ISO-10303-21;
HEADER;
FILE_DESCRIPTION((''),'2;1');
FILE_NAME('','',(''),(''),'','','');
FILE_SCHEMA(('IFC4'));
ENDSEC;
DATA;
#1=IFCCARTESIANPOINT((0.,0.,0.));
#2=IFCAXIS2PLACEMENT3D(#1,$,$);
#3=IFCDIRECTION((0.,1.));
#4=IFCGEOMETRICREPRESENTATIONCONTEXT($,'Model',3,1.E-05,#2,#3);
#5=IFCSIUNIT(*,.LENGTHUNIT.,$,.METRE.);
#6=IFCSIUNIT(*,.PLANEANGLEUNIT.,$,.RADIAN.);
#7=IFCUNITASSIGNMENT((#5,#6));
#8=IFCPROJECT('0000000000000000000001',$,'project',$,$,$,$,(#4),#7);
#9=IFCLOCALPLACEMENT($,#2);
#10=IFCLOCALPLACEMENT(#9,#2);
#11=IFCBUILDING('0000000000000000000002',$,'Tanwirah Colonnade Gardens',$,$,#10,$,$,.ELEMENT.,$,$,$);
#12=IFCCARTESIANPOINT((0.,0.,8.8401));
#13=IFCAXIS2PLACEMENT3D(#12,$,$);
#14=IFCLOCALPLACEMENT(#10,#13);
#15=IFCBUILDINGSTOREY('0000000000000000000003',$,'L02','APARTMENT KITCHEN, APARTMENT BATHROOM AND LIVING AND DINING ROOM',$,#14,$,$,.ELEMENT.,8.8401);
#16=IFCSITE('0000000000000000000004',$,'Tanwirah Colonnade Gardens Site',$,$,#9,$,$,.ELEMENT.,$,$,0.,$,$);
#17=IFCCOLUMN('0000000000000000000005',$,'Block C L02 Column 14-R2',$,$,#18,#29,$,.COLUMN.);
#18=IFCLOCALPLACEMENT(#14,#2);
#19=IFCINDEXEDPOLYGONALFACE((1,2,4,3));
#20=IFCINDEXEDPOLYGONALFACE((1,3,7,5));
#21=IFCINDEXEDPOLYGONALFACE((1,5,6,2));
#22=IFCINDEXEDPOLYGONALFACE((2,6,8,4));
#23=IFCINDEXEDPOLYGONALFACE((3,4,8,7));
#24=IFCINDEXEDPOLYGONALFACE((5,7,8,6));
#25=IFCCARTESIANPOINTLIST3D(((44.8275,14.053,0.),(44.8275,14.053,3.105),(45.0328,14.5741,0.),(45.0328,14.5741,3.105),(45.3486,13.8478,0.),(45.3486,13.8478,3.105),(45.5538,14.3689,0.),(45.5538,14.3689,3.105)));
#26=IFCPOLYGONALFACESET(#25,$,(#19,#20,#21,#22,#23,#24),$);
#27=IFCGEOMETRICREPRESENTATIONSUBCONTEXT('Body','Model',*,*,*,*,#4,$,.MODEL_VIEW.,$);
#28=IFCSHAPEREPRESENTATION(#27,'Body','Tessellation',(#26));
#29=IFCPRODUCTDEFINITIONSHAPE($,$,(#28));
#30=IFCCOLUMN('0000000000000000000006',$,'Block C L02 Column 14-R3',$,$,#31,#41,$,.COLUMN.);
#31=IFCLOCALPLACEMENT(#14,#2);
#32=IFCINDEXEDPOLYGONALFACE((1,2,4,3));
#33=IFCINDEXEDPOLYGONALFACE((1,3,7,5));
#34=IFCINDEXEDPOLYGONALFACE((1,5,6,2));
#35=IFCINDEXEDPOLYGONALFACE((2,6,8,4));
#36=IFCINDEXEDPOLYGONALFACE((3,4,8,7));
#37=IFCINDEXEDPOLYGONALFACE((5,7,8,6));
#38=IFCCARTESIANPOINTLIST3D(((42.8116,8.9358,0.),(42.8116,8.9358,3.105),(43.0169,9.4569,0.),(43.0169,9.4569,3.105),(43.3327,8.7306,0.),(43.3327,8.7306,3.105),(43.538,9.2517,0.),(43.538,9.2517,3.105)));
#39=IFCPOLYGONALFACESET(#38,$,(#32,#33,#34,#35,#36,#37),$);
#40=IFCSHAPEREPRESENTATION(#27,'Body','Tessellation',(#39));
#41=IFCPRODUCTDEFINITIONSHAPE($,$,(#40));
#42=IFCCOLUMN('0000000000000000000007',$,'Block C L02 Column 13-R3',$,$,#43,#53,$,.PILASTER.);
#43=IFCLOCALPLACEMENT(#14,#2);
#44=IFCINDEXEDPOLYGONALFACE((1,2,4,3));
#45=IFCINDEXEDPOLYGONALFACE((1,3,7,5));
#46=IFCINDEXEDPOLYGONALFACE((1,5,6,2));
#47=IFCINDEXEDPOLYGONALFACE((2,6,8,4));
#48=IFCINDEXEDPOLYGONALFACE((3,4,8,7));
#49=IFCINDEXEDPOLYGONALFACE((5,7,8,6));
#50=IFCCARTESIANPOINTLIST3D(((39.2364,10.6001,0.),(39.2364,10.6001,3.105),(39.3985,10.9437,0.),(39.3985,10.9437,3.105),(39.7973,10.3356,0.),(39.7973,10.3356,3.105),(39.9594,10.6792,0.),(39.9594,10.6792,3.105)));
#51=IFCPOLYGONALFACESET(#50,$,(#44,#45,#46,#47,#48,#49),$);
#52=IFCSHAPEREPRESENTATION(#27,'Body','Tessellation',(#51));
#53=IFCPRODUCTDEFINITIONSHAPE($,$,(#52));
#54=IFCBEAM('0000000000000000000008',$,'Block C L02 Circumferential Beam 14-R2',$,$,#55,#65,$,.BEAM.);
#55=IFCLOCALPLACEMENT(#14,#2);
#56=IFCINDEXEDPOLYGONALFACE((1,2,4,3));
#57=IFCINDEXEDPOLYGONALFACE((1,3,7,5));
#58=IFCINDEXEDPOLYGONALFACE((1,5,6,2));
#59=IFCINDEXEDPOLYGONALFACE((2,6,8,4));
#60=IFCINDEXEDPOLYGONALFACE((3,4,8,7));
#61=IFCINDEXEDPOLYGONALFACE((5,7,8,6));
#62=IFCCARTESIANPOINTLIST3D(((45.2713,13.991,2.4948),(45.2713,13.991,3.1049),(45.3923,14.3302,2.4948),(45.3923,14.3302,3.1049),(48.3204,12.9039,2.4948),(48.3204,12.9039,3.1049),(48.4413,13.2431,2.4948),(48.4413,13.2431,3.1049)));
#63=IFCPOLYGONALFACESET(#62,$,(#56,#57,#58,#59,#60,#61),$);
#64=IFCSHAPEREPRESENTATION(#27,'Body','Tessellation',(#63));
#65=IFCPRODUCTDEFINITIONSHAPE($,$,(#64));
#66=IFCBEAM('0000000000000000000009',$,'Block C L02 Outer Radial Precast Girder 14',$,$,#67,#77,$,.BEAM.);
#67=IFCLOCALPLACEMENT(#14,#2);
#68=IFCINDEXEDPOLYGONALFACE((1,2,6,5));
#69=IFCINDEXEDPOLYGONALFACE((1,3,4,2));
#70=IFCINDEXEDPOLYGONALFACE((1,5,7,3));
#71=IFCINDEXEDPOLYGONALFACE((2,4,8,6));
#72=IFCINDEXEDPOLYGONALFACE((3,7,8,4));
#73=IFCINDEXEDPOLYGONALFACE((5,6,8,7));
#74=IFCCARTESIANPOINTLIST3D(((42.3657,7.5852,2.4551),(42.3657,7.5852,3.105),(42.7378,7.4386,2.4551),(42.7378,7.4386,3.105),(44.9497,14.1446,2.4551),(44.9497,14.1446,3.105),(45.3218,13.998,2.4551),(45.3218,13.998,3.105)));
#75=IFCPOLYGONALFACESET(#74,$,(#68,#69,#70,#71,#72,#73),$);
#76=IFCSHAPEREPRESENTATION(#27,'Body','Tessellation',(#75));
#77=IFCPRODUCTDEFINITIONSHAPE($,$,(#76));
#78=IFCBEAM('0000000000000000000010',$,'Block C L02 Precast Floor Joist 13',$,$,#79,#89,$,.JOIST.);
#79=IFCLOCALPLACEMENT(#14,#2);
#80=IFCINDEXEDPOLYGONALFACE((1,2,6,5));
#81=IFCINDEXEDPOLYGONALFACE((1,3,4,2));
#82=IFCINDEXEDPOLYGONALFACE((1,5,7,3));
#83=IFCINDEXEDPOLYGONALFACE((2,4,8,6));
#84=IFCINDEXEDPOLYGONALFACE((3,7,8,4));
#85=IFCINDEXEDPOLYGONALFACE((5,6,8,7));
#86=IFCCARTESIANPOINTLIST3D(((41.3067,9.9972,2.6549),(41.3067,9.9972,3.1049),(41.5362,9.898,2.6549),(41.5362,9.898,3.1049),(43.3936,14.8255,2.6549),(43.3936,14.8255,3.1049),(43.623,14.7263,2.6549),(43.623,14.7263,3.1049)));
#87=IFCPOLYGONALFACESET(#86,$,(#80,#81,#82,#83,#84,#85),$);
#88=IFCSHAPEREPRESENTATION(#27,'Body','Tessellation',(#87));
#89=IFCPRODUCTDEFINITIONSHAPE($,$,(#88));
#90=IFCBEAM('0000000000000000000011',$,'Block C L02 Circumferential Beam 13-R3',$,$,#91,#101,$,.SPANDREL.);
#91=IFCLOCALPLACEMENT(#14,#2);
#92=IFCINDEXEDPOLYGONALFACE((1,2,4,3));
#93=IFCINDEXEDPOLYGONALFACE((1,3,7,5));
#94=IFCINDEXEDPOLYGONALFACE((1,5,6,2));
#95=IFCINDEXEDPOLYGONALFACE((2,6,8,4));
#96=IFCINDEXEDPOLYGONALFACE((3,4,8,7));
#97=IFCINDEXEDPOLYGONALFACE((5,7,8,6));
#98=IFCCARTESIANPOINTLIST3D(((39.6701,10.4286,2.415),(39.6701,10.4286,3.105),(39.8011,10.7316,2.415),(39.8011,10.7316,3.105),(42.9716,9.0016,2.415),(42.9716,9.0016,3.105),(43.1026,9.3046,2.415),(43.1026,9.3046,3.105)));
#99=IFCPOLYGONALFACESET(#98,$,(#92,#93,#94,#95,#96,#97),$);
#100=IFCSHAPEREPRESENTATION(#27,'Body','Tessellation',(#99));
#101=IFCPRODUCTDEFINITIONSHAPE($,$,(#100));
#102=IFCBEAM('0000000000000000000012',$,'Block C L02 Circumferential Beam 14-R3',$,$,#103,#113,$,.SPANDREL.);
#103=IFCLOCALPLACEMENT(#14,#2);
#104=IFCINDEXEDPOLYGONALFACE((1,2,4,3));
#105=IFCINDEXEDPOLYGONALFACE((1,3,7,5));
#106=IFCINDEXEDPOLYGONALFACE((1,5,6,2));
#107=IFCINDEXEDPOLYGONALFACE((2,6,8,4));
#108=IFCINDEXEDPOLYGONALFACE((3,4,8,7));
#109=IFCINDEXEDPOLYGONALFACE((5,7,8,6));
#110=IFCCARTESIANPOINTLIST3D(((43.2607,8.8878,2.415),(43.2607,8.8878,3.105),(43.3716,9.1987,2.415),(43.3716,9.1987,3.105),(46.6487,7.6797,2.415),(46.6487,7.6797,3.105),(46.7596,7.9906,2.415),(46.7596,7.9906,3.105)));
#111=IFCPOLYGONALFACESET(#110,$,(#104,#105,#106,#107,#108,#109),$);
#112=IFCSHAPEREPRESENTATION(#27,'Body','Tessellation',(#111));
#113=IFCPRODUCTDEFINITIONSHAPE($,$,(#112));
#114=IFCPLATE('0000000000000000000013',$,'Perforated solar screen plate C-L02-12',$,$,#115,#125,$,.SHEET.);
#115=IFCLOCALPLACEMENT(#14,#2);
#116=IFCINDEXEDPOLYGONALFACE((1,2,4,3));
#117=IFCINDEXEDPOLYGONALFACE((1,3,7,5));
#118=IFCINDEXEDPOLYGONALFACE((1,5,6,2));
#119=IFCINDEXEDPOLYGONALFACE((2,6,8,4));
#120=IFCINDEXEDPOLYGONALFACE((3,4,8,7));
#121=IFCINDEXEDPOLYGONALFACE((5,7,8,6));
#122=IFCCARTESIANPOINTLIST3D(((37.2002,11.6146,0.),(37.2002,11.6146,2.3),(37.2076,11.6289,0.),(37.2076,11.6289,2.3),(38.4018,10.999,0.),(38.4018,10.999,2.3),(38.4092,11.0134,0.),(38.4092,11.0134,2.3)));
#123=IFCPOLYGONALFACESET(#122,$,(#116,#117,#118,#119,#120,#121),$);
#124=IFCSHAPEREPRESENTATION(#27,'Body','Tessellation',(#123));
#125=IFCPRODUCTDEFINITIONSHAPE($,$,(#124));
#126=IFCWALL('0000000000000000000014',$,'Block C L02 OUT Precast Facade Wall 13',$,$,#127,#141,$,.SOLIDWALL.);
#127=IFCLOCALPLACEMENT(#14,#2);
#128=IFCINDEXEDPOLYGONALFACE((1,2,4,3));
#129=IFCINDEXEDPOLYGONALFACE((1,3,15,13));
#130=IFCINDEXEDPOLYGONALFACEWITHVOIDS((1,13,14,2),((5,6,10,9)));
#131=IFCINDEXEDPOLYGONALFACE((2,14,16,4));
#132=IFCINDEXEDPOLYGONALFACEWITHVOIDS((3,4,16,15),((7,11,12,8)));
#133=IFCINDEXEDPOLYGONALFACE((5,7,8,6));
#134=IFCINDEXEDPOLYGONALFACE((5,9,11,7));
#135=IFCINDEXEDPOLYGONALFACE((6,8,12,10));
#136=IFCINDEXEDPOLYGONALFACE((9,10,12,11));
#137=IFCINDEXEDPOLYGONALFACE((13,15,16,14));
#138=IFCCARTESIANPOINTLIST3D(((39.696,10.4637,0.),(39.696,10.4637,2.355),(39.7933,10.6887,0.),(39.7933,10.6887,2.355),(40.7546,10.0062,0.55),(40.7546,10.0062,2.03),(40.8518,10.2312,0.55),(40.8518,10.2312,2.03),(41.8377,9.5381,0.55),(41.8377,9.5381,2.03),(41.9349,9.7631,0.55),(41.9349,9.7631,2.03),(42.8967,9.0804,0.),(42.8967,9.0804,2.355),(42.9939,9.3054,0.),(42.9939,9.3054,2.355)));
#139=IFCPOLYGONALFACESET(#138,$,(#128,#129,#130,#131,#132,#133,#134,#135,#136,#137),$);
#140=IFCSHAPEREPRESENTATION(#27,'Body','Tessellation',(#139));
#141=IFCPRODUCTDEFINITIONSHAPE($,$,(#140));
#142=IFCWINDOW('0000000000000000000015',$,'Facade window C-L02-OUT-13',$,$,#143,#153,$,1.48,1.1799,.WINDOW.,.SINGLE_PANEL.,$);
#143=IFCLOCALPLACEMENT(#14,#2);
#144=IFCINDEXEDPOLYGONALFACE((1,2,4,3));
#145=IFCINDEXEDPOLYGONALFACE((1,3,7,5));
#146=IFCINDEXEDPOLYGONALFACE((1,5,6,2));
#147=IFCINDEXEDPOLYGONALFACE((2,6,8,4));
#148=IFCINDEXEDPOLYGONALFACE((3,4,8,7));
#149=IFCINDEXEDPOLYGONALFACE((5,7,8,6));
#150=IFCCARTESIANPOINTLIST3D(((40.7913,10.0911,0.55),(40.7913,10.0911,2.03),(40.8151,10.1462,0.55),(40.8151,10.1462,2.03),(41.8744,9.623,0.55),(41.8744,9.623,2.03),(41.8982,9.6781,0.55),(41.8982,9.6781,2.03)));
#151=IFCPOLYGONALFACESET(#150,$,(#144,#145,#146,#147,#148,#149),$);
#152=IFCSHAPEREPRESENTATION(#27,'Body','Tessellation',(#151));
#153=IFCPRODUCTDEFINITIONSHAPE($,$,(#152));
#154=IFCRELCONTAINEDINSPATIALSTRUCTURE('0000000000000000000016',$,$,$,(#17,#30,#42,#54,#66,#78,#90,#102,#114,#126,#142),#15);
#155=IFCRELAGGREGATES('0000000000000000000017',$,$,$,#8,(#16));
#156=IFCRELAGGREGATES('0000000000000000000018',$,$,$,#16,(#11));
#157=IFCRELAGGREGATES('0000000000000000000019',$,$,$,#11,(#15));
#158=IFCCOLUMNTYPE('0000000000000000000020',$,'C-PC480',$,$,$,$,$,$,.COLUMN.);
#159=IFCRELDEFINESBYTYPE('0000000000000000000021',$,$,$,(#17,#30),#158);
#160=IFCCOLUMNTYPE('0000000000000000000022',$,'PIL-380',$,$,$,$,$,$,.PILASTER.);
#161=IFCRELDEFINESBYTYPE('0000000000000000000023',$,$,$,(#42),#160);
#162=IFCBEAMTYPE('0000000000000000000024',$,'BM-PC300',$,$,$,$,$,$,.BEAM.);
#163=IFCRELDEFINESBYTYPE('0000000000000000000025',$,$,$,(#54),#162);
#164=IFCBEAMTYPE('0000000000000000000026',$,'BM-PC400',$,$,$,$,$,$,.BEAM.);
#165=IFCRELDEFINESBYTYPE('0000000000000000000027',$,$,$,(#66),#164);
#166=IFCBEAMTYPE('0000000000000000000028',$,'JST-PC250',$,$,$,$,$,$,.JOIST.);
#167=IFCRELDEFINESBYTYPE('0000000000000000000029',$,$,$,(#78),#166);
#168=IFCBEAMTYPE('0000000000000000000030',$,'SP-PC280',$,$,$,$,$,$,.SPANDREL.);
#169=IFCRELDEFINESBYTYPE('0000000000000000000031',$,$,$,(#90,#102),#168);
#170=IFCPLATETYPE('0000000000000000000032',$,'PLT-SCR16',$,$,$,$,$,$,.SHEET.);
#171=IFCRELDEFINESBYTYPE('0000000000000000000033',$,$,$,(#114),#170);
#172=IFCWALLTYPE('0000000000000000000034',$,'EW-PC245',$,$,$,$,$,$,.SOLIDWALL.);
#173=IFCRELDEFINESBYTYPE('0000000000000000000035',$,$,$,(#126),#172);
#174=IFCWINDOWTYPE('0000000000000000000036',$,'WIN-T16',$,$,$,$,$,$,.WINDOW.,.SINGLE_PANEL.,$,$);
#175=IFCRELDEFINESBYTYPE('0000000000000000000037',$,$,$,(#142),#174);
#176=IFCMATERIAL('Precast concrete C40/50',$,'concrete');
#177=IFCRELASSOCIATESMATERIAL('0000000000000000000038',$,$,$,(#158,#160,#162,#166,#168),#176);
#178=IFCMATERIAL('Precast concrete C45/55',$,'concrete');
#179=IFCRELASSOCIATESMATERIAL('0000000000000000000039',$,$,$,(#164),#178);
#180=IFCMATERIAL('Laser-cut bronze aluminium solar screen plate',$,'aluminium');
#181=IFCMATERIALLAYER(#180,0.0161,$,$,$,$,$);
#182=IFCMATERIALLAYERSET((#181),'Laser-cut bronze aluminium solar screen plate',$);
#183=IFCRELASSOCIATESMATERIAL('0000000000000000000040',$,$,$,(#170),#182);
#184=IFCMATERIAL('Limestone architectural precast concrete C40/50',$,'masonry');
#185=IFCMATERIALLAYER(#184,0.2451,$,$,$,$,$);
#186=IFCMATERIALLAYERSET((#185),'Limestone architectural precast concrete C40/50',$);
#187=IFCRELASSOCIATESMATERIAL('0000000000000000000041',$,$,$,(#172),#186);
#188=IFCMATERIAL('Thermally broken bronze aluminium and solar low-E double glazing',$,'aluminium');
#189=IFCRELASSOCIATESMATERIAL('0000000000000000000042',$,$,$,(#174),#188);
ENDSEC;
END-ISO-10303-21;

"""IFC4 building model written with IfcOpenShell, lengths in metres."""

from ifc_helpers import new_model, si_unit, direction, frame, frame_2d, origin, origin_2d, place, context, subcontext, project, spatial, rectangle, extrude, material, layer, layer_set, material_profile, profile_set, type_object, element, fill, save


model = new_model("IFC4")

# Units and contexts
model_context = context("Model", 3, precision=1e-05, world=origin(), true_north=direction((0.0, 1.0)))
body_context = subcontext(model_context, "Body", "Model", "MODEL_VIEW")
ifc_project = project(units=[si_unit("LENGTHUNIT", "METRE"), si_unit("PLANEANGLEUNIT", "RADIAN")], contexts=[model_context])

# Site, building, storey
site_placement = place(None, origin())
site = spatial("IfcSite", under=ifc_project, at=site_placement, Name="Tanwirah Colonnade Gardens Site", CompositionType="ELEMENT", RefElevation=0.0)
building_placement = place(site_placement, origin())
building = spatial("IfcBuilding", under=site, at=building_placement, Name="Tanwirah Colonnade Gardens", CompositionType="ELEMENT")
storey_placement = place(building_placement, frame((0.0, 0.0, 8.8401)))
storey = spatial("IfcBuildingStorey", under=building, at=storey_placement, Name="L02", Description="APARTMENT KITCHEN, APARTMENT BATHROOM AND LIVING AND DINING ROOM", CompositionType="ELEMENT", Elevation=8.8401)

# Columns
ifc_material_1 = material(Name="Precast concrete C40/50", Category="concrete")
ifc_material_profile_1 = material_profile(ifc_material_1, rectangle(XDim=0.5601, YDim=0.5601, at=origin_2d()), Name="PC-COL 560x560")
ifc_profile_set_1 = profile_set([ifc_material_profile_1], Name="Precast concrete C40/50")
column_type_1 = type_object("IfcColumnType", Name="C-PC480", PredefinedType="COLUMN", material=ifc_profile_set_1)
for number, where, z_axis, x_axis, name in (
    (1, (45.1907, 14.2109, 0.0), (0.0, 0.0, 1.0), (-0.366501, -0.930418, 0.0), "Block C L02 Column 14-R2"),
    (2, (43.1748, 9.0938, 0.0), (0.0, 0.0, 1.0), (-0.366501, -0.930418, 0.0), "Block C L02 Column 14-R3"),
):
    element("IfcColumn", number, at=place(storey_placement, frame(where, z_axis=z_axis, x_axis=x_axis)), inside=storey, type_object=column_type_1, Name=name, PredefinedType="COLUMN", context=body_context, shape_type="SweptSolid", body=[
        extrude(rectangle(XDim=0.5601, YDim=0.5601, at=origin_2d()), origin(), (0.0, 0.0, 1.0), 3.105),
    ])
ifc_material_profile_2 = material_profile(ifc_material_1, rectangle(XDim=0.3799, YDim=0.6201, at=origin_2d()), Name="PC-PIL 380x620")
ifc_profile_set_2 = profile_set([ifc_material_profile_2], Name="Precast concrete C40/50")
column_type_2 = type_object("IfcColumnType", Name="PIL-380", PredefinedType="PILASTER", material=ifc_profile_set_2)
column_placement = place(storey_placement, frame((39.5979, 10.6396, 0.0), z_axis=(0.0, 0.0, 1.0), x_axis=(-0.426569, -0.904455, 0.0)))
element("IfcColumn", 3, at=column_placement, inside=storey, type_object=column_type_2, Name="Block C L02 Column 13-R3", PredefinedType="PILASTER", context=body_context, shape_type="SweptSolid", body=[
    extrude(rectangle(XDim=0.3799, YDim=0.6201, at=origin_2d()), origin(), (0.0, 0.0, 1.0), 3.105),
])

# Beams
ifc_material_profile_3 = material_profile(ifc_material_1, rectangle(XDim=0.3601, YDim=0.6101, at=origin_2d()), Name="PC-BM 360x610")
ifc_profile_set_3 = profile_set([ifc_material_profile_3], Name="Precast concrete C40/50")
beam_type_1 = type_object("IfcBeamType", Name="BM-PC300", PredefinedType="BEAM", material=ifc_profile_set_3)
beam_1_placement = place(storey_placement, frame((45.3318, 14.1606, 2.7998), z_axis=(0.941918, -0.335844, 0.0), x_axis=(0.335844, 0.941918, 0.0)))
element("IfcBeam", 4, at=beam_1_placement, inside=storey, type_object=beam_type_1, Name="Block C L02 Circumferential Beam 14-R2", PredefinedType="BEAM", context=body_context, shape_type="SweptSolid", body=[
    extrude(rectangle(XDim=0.3601, YDim=0.6101, at=origin_2d()), origin(), (0.0, 0.0, 1.0), 3.2371),
])
ifc_material_2 = material(Name="Precast concrete C45/55", Category="concrete")
ifc_material_profile_4 = material_profile(ifc_material_2, rectangle(XDim=0.3999, YDim=0.6499, at=origin_2d()), Name="PC-BM 400x650")
ifc_profile_set_4 = profile_set([ifc_material_profile_4], Name="Precast concrete C45/55")
beam_type_2 = type_object("IfcBeamType", Name="BM-PC400", PredefinedType="BEAM", material=ifc_profile_set_4)
beam_2_placement = place(storey_placement, frame((45.1357, 14.0713, 2.78), z_axis=(-0.366525, -0.930408, 0.0), x_axis=(0.930408, -0.366525, 0.0)))
element("IfcBeam", 5, at=beam_2_placement, inside=storey, type_object=beam_type_2, Name="Block C L02 Outer Radial Precast Girder 14", PredefinedType="BEAM", context=body_context, shape_type="SweptSolid", body=[
    extrude(rectangle(XDim=0.3999, YDim=0.6499, at=origin_2d()), origin(), (0.0, 0.0, 1.0), 7.05),
])
ifc_material_profile_5 = material_profile(ifc_material_1, rectangle(XDim=0.25, YDim=0.45, at=origin_2d()), Name="PC-JST 250x450")
ifc_profile_set_5 = profile_set([ifc_material_profile_5], Name="Precast concrete C40/50")
beam_type_3 = type_object("IfcBeamType", Name="JST-PC250", PredefinedType="JOIST", material=ifc_profile_set_5)
beam_3_placement = place(storey_placement, frame((43.5083, 14.7759, 2.8799), z_axis=(-0.396746, -0.917928, 0.0), x_axis=(0.917928, -0.396746, 0.0)))
element("IfcBeam", 6, at=beam_3_placement, inside=storey, type_object=beam_type_3, Name="Block C L02 Precast Floor Joist 13", PredefinedType="JOIST", context=body_context, shape_type="SweptSolid", body=[
    extrude(rectangle(XDim=0.25, YDim=0.45, at=origin_2d()), origin(), (0.0, 0.0, 1.0), 5.26),
])
ifc_material_profile_6 = material_profile(ifc_material_1, rectangle(XDim=0.3301, YDim=0.6899, at=origin_2d()), Name="PC-SP 330x690")
ifc_profile_set_6 = profile_set([ifc_material_profile_6], Name="Precast concrete C40/50")
beam_type_4 = type_object("IfcBeamType", Name="SP-PC280", PredefinedType="SPANDREL", material=ifc_profile_set_6)
beam_4_placement = place(storey_placement, frame((39.7356, 10.5801, 2.76), z_axis=(0.917926, -0.396752, 0.0), x_axis=(0.396752, 0.917926, 0.0)))
element("IfcBeam", 7, at=beam_4_placement, inside=storey, type_object=beam_type_4, Name="Block C L02 Circumferential Beam 13-R3", PredefinedType="SPANDREL", context=body_context, shape_type="SweptSolid", body=[
    extrude(rectangle(XDim=0.3301, YDim=0.6899, at=origin_2d()), origin(), (0.0, 0.0, 1.0), 3.5967),
])
beam_5_placement = place(storey_placement, frame((43.3162, 9.0432, 2.76), z_axis=(0.941915, -0.33585, 0.0), x_axis=(0.33585, 0.941915, 0.0)))
element("IfcBeam", 8, at=beam_5_placement, inside=storey, type_object=beam_type_4, Name="Block C L02 Circumferential Beam 14-R3", PredefinedType="SPANDREL", context=body_context, shape_type="SweptSolid", body=[
    extrude(rectangle(XDim=0.3301, YDim=0.6899, at=origin_2d()), origin(), (0.0, 0.0, 1.0), 3.5969),
])

# Plate
ifc_material_3 = material(Name="Laser-cut bronze aluminium solar screen plate", Category="aluminium")
ifc_layer_1 = layer(ifc_material_3, 0.0161)
ifc_layer_set_1 = layer_set([ifc_layer_1], Name="Laser-cut bronze aluminium solar screen plate")
plate_type = type_object("IfcPlateType", Name="PLT-SCR16", PredefinedType="SHEET", material=ifc_layer_set_1)
plate_placement = place(storey_placement, frame((37.8047, 11.314, 0.0), z_axis=(0.0, 0.0, 1.0), x_axis=(0.890015, -0.455931, 0.0)))
element("IfcPlate", 9, at=plate_placement, inside=storey, type_object=plate_type, Name="Perforated solar screen plate C-L02-12", PredefinedType="SHEET", context=body_context, shape_type="SweptSolid", body=[
    extrude(rectangle(XDim=1.3501, YDim=0.0161, at=origin_2d()), origin(), (0.0, 0.0, 1.0), 2.3),
])

# Wall, opening, window
ifc_material_4 = material(Name="Limestone architectural precast concrete C40/50", Category="masonry")
ifc_layer_2 = layer(ifc_material_4, 0.2451)
ifc_layer_set_2 = layer_set([ifc_layer_2], Name="Limestone architectural precast concrete C40/50")
wall_type_1 = type_object("IfcWallType", Name="EW-PC245", PredefinedType="SOLIDWALL", material=ifc_layer_set_2)
wall_1_placement = place(storey_placement, frame((39.7446, 10.5762, 0.0), z_axis=(0.0, 0.0, 1.0), x_axis=(0.917938, -0.396723, 0.0)))
wall_1 = element("IfcWall", 10, at=wall_1_placement, inside=storey, type_object=wall_type_1, Name="Block C L02 OUT Precast Facade Wall 13", PredefinedType="SOLIDWALL", context=body_context, shape_type="SweptSolid", body=[
    extrude(rectangle(XDim=3.4868, YDim=0.2451, at=frame_2d((1.7434, 0.0))), origin(), (0.0, 0.0, 1.0), 2.355),
])
opening_1_placement = place(wall_1_placement, frame((1.1533, 0.0, 0.55)))
opening_1 = element("IfcOpeningElement", 11, at=opening_1_placement, cuts=wall_1, PredefinedType="OPENING", context=body_context, shape_type="SweptSolid", body=[
    extrude(rectangle(XDim=1.1799, YDim=1.48, at=frame_2d((0.5898, 0.74))), frame((0.0, 0.1326, 0.0), z_axis=(0.0, -1.0, 0.0), x_axis=(1.0, 0.0, 0.0)), (0.0, 0.0, 1.0), 0.2651),
])
ifc_material_5 = material(Name="Thermally broken bronze aluminium and solar low-E double glazing", Category="aluminium")
window_type = type_object("IfcWindowType", Name="WIN-T16", PartitioningType="SINGLE_PANEL", PredefinedType="WINDOW", material=ifc_material_5)
window_placement = place(opening_1_placement, origin())
window = element("IfcWindow", 12, at=window_placement, inside=storey, type_object=window_type, Name="Facade window C-L02-OUT-13", OverallHeight=1.48, OverallWidth=1.1799, PartitioningType="SINGLE_PANEL", PredefinedType="WINDOW", context=body_context, shape_type="SweptSolid", body=[
    extrude(rectangle(XDim=1.1799, YDim=1.48, at=frame_2d((0.5898, 0.74))), frame((0.0, 0.03, 0.0), z_axis=(0.0, -1.0, 0.0), x_axis=(1.0, 0.0, 0.0)), (0.0, 0.0, 1.0), 0.0601),
])
fill(opening_1, window)

save(model, "model.ifc")
